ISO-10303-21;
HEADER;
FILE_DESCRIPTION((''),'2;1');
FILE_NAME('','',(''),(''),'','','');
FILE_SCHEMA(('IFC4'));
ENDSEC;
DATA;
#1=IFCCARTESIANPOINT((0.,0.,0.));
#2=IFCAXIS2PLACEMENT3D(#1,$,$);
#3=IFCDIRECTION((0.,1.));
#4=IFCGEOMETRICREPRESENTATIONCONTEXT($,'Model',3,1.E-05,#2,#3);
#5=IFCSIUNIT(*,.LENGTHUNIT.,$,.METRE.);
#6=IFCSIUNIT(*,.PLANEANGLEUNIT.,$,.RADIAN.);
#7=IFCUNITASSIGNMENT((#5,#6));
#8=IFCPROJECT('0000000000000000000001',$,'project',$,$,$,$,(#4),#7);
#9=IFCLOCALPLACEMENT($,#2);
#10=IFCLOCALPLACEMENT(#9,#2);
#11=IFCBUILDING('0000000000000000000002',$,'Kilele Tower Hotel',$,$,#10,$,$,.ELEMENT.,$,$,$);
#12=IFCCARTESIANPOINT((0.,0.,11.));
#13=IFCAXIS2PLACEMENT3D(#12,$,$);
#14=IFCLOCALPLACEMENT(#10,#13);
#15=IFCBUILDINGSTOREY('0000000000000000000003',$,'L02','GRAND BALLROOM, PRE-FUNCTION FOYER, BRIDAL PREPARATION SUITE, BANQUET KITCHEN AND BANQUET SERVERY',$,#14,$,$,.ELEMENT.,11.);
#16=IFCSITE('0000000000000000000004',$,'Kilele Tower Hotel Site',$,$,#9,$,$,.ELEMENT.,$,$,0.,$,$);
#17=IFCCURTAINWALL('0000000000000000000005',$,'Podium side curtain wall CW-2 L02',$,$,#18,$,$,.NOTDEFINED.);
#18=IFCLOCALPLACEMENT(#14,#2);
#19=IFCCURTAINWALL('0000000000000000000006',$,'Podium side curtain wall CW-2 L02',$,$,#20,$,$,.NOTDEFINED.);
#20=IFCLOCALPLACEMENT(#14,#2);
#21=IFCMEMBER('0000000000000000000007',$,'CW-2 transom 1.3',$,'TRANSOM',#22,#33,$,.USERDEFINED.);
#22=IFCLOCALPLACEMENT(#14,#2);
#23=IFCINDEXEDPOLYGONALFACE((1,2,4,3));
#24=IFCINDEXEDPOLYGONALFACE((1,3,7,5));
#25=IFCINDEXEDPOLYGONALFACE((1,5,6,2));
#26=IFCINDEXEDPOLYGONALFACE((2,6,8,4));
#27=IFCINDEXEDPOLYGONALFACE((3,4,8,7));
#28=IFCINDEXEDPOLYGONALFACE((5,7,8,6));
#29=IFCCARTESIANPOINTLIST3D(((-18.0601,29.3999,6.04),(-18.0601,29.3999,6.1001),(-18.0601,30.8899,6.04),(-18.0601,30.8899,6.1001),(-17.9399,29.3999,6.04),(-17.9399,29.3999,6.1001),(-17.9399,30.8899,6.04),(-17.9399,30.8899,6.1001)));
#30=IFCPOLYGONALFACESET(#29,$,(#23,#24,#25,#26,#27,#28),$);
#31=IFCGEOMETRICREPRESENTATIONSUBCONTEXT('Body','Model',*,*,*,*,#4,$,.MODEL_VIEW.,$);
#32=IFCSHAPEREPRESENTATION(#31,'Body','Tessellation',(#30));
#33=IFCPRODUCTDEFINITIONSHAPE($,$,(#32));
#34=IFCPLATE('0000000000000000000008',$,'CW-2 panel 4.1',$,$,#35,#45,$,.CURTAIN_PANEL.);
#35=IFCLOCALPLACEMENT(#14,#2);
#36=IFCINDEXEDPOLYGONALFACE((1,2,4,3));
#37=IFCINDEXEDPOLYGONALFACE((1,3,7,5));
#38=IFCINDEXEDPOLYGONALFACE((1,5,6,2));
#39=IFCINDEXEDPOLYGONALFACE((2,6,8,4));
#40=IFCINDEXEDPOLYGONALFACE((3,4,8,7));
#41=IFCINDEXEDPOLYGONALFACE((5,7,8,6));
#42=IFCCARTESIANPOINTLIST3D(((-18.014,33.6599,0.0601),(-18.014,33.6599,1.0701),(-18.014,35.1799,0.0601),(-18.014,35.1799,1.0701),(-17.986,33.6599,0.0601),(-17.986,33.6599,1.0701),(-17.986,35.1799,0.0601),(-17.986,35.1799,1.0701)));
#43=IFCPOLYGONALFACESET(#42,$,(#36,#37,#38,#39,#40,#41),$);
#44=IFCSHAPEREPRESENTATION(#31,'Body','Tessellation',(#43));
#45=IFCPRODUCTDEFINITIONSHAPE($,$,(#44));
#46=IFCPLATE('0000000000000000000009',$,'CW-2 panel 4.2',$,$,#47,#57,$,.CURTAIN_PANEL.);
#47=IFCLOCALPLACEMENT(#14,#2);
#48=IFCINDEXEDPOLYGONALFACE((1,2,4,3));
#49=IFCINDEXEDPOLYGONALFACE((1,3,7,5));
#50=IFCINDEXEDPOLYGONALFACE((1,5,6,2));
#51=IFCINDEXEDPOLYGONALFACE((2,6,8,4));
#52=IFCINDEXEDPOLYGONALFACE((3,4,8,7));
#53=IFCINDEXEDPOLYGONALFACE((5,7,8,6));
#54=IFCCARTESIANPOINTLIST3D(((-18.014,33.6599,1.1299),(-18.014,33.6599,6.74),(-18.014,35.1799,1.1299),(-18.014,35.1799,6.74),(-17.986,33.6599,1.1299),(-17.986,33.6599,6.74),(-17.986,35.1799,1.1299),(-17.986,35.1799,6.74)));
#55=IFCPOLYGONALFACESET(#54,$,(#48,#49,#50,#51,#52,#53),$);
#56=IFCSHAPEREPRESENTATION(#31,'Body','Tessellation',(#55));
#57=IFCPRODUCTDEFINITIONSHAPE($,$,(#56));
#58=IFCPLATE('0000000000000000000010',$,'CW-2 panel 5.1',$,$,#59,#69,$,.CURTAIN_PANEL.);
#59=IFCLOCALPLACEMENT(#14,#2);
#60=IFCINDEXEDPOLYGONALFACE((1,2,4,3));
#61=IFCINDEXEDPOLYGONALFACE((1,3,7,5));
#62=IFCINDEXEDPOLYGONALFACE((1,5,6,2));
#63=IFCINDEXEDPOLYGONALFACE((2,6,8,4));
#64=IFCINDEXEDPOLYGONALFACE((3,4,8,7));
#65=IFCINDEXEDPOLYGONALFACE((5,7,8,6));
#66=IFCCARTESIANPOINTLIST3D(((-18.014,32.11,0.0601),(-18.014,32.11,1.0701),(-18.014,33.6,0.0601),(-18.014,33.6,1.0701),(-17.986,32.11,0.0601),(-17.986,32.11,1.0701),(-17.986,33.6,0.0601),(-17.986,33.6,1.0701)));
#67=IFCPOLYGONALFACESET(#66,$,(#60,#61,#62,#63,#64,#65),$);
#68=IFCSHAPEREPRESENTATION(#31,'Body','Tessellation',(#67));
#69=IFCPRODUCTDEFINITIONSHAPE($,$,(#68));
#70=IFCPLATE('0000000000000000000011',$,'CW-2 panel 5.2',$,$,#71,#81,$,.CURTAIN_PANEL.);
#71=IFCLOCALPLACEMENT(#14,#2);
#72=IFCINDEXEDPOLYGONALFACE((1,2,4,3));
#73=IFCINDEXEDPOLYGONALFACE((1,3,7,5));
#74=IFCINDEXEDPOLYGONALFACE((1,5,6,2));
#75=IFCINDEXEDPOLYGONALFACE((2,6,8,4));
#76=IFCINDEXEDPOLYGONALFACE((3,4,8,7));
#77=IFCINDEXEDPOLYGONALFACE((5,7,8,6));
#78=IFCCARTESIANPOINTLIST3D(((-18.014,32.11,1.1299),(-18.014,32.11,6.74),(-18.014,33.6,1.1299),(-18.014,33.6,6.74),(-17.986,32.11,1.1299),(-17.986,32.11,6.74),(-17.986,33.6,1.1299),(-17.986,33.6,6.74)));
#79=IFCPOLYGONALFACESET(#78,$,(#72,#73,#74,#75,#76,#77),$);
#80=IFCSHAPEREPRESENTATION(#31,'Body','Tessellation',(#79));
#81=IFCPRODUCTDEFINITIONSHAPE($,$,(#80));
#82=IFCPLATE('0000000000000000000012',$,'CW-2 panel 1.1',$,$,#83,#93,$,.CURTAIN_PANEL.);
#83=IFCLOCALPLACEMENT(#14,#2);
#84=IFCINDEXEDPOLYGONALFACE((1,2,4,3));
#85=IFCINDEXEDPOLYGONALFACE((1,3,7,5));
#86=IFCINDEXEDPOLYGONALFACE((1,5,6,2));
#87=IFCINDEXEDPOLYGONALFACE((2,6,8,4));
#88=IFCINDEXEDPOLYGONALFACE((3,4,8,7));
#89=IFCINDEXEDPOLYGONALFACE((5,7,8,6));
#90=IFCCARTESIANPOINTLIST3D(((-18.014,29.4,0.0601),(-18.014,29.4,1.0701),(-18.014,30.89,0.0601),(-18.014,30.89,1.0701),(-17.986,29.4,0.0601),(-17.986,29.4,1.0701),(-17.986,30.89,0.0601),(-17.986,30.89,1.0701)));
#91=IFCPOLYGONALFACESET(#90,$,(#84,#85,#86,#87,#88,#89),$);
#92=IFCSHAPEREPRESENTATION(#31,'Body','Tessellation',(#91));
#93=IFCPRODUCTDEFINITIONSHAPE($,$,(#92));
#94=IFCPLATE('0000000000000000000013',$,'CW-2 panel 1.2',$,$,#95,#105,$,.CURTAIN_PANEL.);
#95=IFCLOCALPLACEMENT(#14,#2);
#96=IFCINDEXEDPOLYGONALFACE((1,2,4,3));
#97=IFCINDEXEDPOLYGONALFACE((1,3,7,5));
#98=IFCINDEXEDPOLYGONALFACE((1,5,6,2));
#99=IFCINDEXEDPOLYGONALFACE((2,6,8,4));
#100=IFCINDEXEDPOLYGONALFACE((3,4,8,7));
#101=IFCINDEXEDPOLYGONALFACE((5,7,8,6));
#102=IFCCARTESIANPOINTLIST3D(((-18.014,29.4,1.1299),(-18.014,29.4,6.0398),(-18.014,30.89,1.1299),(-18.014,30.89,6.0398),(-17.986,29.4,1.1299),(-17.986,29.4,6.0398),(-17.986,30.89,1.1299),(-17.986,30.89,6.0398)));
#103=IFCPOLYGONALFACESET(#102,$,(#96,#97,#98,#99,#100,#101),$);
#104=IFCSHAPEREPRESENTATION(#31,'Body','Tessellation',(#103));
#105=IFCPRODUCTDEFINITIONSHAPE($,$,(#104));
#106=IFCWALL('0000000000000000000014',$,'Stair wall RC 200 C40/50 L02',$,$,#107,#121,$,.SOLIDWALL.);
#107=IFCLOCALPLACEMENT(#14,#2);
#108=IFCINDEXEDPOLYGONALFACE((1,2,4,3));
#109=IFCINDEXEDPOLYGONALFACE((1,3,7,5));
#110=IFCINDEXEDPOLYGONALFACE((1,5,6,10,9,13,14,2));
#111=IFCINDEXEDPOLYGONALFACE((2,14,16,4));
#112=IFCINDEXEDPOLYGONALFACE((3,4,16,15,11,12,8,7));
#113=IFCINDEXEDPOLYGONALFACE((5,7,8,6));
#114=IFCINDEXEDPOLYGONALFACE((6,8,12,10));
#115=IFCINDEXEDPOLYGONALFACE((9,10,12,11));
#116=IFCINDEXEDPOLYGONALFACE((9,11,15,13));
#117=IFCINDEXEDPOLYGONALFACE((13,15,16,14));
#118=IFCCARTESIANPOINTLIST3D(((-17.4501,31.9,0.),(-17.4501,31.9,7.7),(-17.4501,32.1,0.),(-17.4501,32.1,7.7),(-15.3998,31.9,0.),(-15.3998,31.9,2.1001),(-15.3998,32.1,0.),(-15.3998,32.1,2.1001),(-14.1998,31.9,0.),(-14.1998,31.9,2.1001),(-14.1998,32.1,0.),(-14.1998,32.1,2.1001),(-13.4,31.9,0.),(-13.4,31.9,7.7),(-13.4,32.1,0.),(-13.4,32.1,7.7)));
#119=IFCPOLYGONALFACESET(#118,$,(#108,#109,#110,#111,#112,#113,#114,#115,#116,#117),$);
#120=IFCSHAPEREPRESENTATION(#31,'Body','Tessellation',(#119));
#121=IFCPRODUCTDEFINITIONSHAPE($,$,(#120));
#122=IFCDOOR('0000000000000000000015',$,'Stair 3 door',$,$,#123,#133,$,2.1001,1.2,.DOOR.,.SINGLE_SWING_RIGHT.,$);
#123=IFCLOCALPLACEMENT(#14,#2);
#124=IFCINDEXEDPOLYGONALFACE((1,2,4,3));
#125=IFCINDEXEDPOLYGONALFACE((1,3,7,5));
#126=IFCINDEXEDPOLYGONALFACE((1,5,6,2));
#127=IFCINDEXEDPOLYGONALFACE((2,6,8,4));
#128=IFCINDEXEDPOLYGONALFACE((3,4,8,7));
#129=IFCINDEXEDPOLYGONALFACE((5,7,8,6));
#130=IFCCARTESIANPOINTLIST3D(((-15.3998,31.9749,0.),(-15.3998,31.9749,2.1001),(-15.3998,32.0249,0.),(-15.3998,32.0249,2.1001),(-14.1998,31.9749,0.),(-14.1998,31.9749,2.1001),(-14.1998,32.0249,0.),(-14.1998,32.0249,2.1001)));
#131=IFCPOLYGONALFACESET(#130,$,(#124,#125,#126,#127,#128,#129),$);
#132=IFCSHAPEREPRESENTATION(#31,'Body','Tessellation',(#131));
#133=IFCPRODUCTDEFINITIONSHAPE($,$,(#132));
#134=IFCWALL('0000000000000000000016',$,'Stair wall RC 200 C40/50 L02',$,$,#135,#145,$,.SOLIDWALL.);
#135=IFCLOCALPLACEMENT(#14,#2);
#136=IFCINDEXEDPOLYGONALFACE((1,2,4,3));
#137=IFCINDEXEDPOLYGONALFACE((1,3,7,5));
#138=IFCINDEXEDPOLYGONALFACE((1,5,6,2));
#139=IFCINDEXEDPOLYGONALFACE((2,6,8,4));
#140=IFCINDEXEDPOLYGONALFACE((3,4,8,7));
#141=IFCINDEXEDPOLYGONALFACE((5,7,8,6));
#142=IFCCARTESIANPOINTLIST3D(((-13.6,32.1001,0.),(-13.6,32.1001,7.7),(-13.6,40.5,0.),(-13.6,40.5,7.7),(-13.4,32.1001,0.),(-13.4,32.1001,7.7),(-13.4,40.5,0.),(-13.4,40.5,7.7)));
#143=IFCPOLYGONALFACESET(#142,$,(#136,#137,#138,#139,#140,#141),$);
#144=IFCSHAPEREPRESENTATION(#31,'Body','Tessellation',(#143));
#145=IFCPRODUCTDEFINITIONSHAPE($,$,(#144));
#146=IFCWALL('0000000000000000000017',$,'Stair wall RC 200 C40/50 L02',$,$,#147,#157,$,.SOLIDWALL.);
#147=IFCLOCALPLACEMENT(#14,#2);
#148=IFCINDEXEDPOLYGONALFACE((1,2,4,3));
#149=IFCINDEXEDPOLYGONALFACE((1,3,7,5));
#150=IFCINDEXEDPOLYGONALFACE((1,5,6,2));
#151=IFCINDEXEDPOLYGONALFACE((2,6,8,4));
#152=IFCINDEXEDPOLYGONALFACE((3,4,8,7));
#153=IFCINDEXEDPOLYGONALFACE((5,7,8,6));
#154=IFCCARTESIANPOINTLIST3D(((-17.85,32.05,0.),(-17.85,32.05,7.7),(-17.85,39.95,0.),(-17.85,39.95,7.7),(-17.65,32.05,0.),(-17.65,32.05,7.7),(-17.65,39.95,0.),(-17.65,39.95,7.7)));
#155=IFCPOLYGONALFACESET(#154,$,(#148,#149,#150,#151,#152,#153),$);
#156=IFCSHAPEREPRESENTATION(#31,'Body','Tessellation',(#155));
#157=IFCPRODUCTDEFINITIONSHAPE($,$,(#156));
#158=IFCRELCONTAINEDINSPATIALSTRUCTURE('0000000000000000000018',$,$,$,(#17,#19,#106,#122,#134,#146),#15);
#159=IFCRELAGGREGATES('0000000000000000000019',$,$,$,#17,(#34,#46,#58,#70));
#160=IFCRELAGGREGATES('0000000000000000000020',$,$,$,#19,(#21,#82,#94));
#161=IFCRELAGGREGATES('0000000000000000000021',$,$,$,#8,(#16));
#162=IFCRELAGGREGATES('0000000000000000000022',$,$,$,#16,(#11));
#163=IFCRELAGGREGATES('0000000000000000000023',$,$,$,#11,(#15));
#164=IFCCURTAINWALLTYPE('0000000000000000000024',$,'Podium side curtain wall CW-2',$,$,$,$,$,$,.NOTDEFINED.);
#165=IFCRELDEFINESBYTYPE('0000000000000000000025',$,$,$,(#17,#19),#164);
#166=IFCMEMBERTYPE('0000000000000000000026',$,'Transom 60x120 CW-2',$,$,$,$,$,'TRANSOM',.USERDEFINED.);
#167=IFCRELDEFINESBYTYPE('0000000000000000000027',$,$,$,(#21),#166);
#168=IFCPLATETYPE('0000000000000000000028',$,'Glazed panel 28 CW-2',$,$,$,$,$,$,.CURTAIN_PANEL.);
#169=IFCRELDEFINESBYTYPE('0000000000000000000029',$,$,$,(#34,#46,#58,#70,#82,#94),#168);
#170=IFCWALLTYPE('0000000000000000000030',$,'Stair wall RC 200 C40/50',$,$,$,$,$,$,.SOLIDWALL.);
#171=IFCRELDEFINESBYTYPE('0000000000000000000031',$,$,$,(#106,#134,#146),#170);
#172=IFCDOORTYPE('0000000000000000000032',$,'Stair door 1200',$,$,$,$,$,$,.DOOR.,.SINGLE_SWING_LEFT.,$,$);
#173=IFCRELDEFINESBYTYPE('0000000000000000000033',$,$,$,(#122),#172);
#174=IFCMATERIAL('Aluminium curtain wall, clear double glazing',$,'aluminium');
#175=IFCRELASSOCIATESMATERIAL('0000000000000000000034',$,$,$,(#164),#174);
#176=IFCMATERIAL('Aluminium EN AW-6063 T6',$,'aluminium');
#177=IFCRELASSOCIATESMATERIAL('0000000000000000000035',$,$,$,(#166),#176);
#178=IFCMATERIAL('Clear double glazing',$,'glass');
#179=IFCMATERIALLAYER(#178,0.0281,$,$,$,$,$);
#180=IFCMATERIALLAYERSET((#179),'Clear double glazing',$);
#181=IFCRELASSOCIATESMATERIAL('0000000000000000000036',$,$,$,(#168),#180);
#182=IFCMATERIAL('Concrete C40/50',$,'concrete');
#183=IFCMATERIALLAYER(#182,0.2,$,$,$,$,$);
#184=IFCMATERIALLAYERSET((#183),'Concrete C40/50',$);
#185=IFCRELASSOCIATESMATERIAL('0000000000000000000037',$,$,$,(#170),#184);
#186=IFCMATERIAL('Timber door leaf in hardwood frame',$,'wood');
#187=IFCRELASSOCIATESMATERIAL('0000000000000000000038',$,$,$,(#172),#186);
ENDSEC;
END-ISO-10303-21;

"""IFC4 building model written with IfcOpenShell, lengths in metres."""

from ifc_helpers import new_model, si_unit, direction, frame, frame_2d, origin, origin_2d, place, context, subcontext, project, spatial, rectangle, extrude, material, layer, layer_set, material_profile, profile_set, type_object, element, fill, aggregate, save


model = new_model("IFC4")

# Units and contexts
model_context = context("Model", 3, precision=1e-05, world=origin(), true_north=direction((0.0, 1.0)))
body_context = subcontext(model_context, "Body", "Model", "MODEL_VIEW")
ifc_project = project(units=[si_unit("LENGTHUNIT", "METRE"), si_unit("PLANEANGLEUNIT", "RADIAN")], contexts=[model_context])

# Site, building, storey
site_placement = place(None, origin())
site = spatial("IfcSite", under=ifc_project, at=site_placement, Name="Kilele Tower Hotel Site", CompositionType="ELEMENT", RefElevation=0.0)
building_placement = place(site_placement, origin())
building = spatial("IfcBuilding", under=site, at=building_placement, Name="Kilele Tower Hotel", CompositionType="ELEMENT")
storey_placement = place(building_placement, frame((0.0, 0.0, 11.0)))
storey = spatial("IfcBuildingStorey", under=building, at=storey_placement, Name="L02", Description="GRAND BALLROOM, PRE-FUNCTION FOYER, BRIDAL PREPARATION SUITE, BANQUET KITCHEN AND BANQUET SERVERY", CompositionType="ELEMENT", Elevation=11.0)

# Curtain wall
ifc_material_1 = material(Name="Aluminium curtain wall, clear double glazing", Category="aluminium")
curtain_wall_type = type_object("IfcCurtainWallType", Name="Podium side curtain wall CW-2", PredefinedType="NOTDEFINED", material=ifc_material_1)
curtain_wall_1_placement = place(storey_placement, origin())
curtain_wall_1 = element("IfcCurtainWall", 1, at=curtain_wall_1_placement, inside=storey, type_object=curtain_wall_type, Name="Podium side curtain wall CW-2 L02", PredefinedType="NOTDEFINED")

# Curtain wall
curtain_wall_2_placement = place(storey_placement, origin())
curtain_wall_2 = element("IfcCurtainWall", 2, at=curtain_wall_2_placement, inside=storey, type_object=curtain_wall_type, Name="Podium side curtain wall CW-2 L02", PredefinedType="NOTDEFINED")

# Member
ifc_material_2 = material(Name="Aluminium EN AW-6063 T6", Category="aluminium")
ifc_material_profile_1 = material_profile(ifc_material_2, rectangle(XDim=0.1201, YDim=0.0601, at=origin_2d()))
ifc_profile_set_1 = profile_set([ifc_material_profile_1], Name="Aluminium EN AW-6063 T6")
member_type_1 = type_object("IfcMemberType", Name="Transom 60x120 CW-2", ElementType="TRANSOM", PredefinedType="USERDEFINED", material=ifc_profile_set_1)
member_1_placement = place(storey_placement, frame((-18.0, 30.8899, 6.0701), z_axis=(0.0, -1.0, 0.0), x_axis=(1.0, 0.0, 0.0)))
member_1 = element("IfcMember", 3, at=member_1_placement, type_object=member_type_1, Name="CW-2 transom 1.3", ObjectType="TRANSOM", PredefinedType="USERDEFINED", context=body_context, shape_type="SweptSolid", body=[
    extrude(rectangle(XDim=0.1201, YDim=0.0601, at=origin_2d()), origin(), (0.0, 0.0, 1.0), 1.49),
])

# Plates
ifc_material_3 = material(Name="Clear double glazing", Category="glass")
ifc_layer_1 = layer(ifc_material_3, 0.0281)
ifc_layer_set_1 = layer_set([ifc_layer_1], Name="Clear double glazing")
plate_type = type_object("IfcPlateType", Name="Glazed panel 28 CW-2", PredefinedType="CURTAIN_PANEL", material=ifc_layer_set_1)
plate_1_placement = place(storey_placement, frame((-18.0, 34.4199, 0.0601), z_axis=(0.0, 0.0, 1.0), x_axis=(0.0, -1.0, 0.0)))
plate_1 = element("IfcPlate", 4, at=plate_1_placement, type_object=plate_type, Name="CW-2 panel 4.1", PredefinedType="CURTAIN_PANEL", context=body_context, shape_type="SweptSolid", body=[
    extrude(rectangle(XDim=1.52, YDim=0.0281, at=origin_2d()), origin(), (0.0, 0.0, 1.0), 1.01),
])
plate_2_placement = place(storey_placement, frame((-18.0, 34.4199, 1.1299), z_axis=(0.0, 0.0, 1.0), x_axis=(0.0, -1.0, 0.0)))
plate_2 = element("IfcPlate", 5, at=plate_2_placement, type_object=plate_type, Name="CW-2 panel 4.2", PredefinedType="CURTAIN_PANEL", context=body_context, shape_type="SweptSolid", body=[
    extrude(rectangle(XDim=1.52, YDim=0.0281, at=origin_2d()), origin(), (0.0, 0.0, 1.0), 5.6101),
])
plate_3_placement = place(storey_placement, frame((-18.0, 32.855, 0.0601), z_axis=(0.0, 0.0, 1.0), x_axis=(0.0, -1.0, 0.0)))
plate_3 = element("IfcPlate", 6, at=plate_3_placement, type_object=plate_type, Name="CW-2 panel 5.1", PredefinedType="CURTAIN_PANEL", context=body_context, shape_type="SweptSolid", body=[
    extrude(rectangle(XDim=1.49, YDim=0.0281, at=origin_2d()), origin(), (0.0, 0.0, 1.0), 1.01),
])
plate_4_placement = place(storey_placement, frame((-18.0, 32.855, 1.1299), z_axis=(0.0, 0.0, 1.0), x_axis=(0.0, -1.0, 0.0)))
plate_4 = element("IfcPlate", 7, at=plate_4_placement, type_object=plate_type, Name="CW-2 panel 5.2", PredefinedType="CURTAIN_PANEL", context=body_context, shape_type="SweptSolid", body=[
    extrude(rectangle(XDim=1.49, YDim=0.0281, at=origin_2d()), origin(), (0.0, 0.0, 1.0), 5.6101),
])
aggregate(curtain_wall_1, [plate_1, plate_2, plate_3, plate_4])
plate_5_placement = place(storey_placement, frame((-18.0, 30.145, 0.0601), z_axis=(0.0, 0.0, 1.0), x_axis=(0.0, -1.0, 0.0)))
plate_5 = element("IfcPlate", 8, at=plate_5_placement, type_object=plate_type, Name="CW-2 panel 1.1", PredefinedType="CURTAIN_PANEL", context=body_context, shape_type="SweptSolid", body=[
    extrude(rectangle(XDim=1.49, YDim=0.0281, at=origin_2d()), origin(), (0.0, 0.0, 1.0), 1.01),
])
plate_6_placement = place(storey_placement, frame((-18.0, 30.145, 1.1299), z_axis=(0.0, 0.0, 1.0), x_axis=(0.0, -1.0, 0.0)))
plate_6 = element("IfcPlate", 9, at=plate_6_placement, type_object=plate_type, Name="CW-2 panel 1.2", PredefinedType="CURTAIN_PANEL", context=body_context, shape_type="SweptSolid", body=[
    extrude(rectangle(XDim=1.49, YDim=0.0281, at=origin_2d()), origin(), (0.0, 0.0, 1.0), 4.9099),
])
aggregate(curtain_wall_2, [member_1, plate_5, plate_6])

# Wall, opening, door
ifc_material_4 = material(Name="Concrete C40/50", Category="concrete")
ifc_layer_2 = layer(ifc_material_4, 0.2)
ifc_layer_set_2 = layer_set([ifc_layer_2], Name="Concrete C40/50")
wall_type = type_object("IfcWallType", Name="Stair wall RC 200 C40/50", PredefinedType="SOLIDWALL", material=ifc_layer_set_2)
wall_1_placement = place(storey_placement, frame((-17.45, 32.0, 0.0), z_axis=(0.0, 0.0, 1.0), x_axis=(1.0, 0.0, 0.0)))
wall_1 = element("IfcWall", 10, at=wall_1_placement, inside=storey, type_object=wall_type, Name="Stair wall RC 200 C40/50 L02", PredefinedType="SOLIDWALL", context=body_context, shape_type="SweptSolid", body=[
    extrude(rectangle(XDim=4.05, YDim=0.2, at=frame_2d((2.0249, 0.0))), origin(), (0.0, 0.0, 1.0), 7.7),
])
opening_placement = place(wall_1_placement, frame((2.05, 0.0, 0.0)))
opening = element("IfcOpeningElement", 11, at=opening_placement, cuts=wall_1, PredefinedType="OPENING", context=body_context, shape_type="SweptSolid", body=[
    extrude(rectangle(XDim=1.2, YDim=2.1001, at=frame_2d((0.6001, 1.05))), frame((0.0, 0.1099, 0.0), z_axis=(0.0, -1.0, 0.0), x_axis=(1.0, 0.0, 0.0)), (0.0, 0.0, 1.0), 0.22),
])
ifc_material_5 = material(Name="Timber door leaf in hardwood frame", Category="wood")
door_type = type_object("IfcDoorType", Name="Stair door 1200", OperationType="SINGLE_SWING_LEFT", PredefinedType="DOOR", material=ifc_material_5)
door_placement = place(opening_placement, origin())
door = element("IfcDoor", 12, at=door_placement, inside=storey, type_object=door_type, Name="Stair 3 door", OperationType="SINGLE_SWING_RIGHT", OverallHeight=2.1001, OverallWidth=1.2, PredefinedType="DOOR", context=body_context, shape_type="SweptSolid", body=[
    extrude(rectangle(XDim=1.2, YDim=2.1001, at=frame_2d((0.6001, 1.05))), frame((0.0, 0.0249, 0.0), z_axis=(0.0, -1.0, 0.0), x_axis=(1.0, 0.0, 0.0)), (0.0, 0.0, 1.0), 0.05),
])
fill(opening, door)

# Walls
wall_2_placement = place(storey_placement, frame((-13.5, 32.1001, 0.0), z_axis=(0.0, 0.0, 1.0), x_axis=(0.0, 1.0, 0.0)))
element("IfcWall", 13, at=wall_2_placement, inside=storey, type_object=wall_type, Name="Stair wall RC 200 C40/50 L02", PredefinedType="SOLIDWALL", context=body_context, shape_type="SweptSolid", body=[
    extrude(rectangle(XDim=8.3999, YDim=0.2, at=frame_2d((4.2, 0.0))), origin(), (0.0, 0.0, 1.0), 7.7),
])
wall_3_placement = place(storey_placement, frame((-17.75, 32.05, 0.0), z_axis=(0.0, 0.0, 1.0), x_axis=(0.0, 1.0, 0.0)))
element("IfcWall", 14, at=wall_3_placement, inside=storey, type_object=wall_type, Name="Stair wall RC 200 C40/50 L02", PredefinedType="SOLIDWALL", context=body_context, shape_type="SweptSolid", body=[
    extrude(rectangle(XDim=7.8999, YDim=0.2, at=frame_2d((3.95, 0.0))), origin(), (0.0, 0.0, 1.0), 7.7),
])

save(model, "model.ifc")
